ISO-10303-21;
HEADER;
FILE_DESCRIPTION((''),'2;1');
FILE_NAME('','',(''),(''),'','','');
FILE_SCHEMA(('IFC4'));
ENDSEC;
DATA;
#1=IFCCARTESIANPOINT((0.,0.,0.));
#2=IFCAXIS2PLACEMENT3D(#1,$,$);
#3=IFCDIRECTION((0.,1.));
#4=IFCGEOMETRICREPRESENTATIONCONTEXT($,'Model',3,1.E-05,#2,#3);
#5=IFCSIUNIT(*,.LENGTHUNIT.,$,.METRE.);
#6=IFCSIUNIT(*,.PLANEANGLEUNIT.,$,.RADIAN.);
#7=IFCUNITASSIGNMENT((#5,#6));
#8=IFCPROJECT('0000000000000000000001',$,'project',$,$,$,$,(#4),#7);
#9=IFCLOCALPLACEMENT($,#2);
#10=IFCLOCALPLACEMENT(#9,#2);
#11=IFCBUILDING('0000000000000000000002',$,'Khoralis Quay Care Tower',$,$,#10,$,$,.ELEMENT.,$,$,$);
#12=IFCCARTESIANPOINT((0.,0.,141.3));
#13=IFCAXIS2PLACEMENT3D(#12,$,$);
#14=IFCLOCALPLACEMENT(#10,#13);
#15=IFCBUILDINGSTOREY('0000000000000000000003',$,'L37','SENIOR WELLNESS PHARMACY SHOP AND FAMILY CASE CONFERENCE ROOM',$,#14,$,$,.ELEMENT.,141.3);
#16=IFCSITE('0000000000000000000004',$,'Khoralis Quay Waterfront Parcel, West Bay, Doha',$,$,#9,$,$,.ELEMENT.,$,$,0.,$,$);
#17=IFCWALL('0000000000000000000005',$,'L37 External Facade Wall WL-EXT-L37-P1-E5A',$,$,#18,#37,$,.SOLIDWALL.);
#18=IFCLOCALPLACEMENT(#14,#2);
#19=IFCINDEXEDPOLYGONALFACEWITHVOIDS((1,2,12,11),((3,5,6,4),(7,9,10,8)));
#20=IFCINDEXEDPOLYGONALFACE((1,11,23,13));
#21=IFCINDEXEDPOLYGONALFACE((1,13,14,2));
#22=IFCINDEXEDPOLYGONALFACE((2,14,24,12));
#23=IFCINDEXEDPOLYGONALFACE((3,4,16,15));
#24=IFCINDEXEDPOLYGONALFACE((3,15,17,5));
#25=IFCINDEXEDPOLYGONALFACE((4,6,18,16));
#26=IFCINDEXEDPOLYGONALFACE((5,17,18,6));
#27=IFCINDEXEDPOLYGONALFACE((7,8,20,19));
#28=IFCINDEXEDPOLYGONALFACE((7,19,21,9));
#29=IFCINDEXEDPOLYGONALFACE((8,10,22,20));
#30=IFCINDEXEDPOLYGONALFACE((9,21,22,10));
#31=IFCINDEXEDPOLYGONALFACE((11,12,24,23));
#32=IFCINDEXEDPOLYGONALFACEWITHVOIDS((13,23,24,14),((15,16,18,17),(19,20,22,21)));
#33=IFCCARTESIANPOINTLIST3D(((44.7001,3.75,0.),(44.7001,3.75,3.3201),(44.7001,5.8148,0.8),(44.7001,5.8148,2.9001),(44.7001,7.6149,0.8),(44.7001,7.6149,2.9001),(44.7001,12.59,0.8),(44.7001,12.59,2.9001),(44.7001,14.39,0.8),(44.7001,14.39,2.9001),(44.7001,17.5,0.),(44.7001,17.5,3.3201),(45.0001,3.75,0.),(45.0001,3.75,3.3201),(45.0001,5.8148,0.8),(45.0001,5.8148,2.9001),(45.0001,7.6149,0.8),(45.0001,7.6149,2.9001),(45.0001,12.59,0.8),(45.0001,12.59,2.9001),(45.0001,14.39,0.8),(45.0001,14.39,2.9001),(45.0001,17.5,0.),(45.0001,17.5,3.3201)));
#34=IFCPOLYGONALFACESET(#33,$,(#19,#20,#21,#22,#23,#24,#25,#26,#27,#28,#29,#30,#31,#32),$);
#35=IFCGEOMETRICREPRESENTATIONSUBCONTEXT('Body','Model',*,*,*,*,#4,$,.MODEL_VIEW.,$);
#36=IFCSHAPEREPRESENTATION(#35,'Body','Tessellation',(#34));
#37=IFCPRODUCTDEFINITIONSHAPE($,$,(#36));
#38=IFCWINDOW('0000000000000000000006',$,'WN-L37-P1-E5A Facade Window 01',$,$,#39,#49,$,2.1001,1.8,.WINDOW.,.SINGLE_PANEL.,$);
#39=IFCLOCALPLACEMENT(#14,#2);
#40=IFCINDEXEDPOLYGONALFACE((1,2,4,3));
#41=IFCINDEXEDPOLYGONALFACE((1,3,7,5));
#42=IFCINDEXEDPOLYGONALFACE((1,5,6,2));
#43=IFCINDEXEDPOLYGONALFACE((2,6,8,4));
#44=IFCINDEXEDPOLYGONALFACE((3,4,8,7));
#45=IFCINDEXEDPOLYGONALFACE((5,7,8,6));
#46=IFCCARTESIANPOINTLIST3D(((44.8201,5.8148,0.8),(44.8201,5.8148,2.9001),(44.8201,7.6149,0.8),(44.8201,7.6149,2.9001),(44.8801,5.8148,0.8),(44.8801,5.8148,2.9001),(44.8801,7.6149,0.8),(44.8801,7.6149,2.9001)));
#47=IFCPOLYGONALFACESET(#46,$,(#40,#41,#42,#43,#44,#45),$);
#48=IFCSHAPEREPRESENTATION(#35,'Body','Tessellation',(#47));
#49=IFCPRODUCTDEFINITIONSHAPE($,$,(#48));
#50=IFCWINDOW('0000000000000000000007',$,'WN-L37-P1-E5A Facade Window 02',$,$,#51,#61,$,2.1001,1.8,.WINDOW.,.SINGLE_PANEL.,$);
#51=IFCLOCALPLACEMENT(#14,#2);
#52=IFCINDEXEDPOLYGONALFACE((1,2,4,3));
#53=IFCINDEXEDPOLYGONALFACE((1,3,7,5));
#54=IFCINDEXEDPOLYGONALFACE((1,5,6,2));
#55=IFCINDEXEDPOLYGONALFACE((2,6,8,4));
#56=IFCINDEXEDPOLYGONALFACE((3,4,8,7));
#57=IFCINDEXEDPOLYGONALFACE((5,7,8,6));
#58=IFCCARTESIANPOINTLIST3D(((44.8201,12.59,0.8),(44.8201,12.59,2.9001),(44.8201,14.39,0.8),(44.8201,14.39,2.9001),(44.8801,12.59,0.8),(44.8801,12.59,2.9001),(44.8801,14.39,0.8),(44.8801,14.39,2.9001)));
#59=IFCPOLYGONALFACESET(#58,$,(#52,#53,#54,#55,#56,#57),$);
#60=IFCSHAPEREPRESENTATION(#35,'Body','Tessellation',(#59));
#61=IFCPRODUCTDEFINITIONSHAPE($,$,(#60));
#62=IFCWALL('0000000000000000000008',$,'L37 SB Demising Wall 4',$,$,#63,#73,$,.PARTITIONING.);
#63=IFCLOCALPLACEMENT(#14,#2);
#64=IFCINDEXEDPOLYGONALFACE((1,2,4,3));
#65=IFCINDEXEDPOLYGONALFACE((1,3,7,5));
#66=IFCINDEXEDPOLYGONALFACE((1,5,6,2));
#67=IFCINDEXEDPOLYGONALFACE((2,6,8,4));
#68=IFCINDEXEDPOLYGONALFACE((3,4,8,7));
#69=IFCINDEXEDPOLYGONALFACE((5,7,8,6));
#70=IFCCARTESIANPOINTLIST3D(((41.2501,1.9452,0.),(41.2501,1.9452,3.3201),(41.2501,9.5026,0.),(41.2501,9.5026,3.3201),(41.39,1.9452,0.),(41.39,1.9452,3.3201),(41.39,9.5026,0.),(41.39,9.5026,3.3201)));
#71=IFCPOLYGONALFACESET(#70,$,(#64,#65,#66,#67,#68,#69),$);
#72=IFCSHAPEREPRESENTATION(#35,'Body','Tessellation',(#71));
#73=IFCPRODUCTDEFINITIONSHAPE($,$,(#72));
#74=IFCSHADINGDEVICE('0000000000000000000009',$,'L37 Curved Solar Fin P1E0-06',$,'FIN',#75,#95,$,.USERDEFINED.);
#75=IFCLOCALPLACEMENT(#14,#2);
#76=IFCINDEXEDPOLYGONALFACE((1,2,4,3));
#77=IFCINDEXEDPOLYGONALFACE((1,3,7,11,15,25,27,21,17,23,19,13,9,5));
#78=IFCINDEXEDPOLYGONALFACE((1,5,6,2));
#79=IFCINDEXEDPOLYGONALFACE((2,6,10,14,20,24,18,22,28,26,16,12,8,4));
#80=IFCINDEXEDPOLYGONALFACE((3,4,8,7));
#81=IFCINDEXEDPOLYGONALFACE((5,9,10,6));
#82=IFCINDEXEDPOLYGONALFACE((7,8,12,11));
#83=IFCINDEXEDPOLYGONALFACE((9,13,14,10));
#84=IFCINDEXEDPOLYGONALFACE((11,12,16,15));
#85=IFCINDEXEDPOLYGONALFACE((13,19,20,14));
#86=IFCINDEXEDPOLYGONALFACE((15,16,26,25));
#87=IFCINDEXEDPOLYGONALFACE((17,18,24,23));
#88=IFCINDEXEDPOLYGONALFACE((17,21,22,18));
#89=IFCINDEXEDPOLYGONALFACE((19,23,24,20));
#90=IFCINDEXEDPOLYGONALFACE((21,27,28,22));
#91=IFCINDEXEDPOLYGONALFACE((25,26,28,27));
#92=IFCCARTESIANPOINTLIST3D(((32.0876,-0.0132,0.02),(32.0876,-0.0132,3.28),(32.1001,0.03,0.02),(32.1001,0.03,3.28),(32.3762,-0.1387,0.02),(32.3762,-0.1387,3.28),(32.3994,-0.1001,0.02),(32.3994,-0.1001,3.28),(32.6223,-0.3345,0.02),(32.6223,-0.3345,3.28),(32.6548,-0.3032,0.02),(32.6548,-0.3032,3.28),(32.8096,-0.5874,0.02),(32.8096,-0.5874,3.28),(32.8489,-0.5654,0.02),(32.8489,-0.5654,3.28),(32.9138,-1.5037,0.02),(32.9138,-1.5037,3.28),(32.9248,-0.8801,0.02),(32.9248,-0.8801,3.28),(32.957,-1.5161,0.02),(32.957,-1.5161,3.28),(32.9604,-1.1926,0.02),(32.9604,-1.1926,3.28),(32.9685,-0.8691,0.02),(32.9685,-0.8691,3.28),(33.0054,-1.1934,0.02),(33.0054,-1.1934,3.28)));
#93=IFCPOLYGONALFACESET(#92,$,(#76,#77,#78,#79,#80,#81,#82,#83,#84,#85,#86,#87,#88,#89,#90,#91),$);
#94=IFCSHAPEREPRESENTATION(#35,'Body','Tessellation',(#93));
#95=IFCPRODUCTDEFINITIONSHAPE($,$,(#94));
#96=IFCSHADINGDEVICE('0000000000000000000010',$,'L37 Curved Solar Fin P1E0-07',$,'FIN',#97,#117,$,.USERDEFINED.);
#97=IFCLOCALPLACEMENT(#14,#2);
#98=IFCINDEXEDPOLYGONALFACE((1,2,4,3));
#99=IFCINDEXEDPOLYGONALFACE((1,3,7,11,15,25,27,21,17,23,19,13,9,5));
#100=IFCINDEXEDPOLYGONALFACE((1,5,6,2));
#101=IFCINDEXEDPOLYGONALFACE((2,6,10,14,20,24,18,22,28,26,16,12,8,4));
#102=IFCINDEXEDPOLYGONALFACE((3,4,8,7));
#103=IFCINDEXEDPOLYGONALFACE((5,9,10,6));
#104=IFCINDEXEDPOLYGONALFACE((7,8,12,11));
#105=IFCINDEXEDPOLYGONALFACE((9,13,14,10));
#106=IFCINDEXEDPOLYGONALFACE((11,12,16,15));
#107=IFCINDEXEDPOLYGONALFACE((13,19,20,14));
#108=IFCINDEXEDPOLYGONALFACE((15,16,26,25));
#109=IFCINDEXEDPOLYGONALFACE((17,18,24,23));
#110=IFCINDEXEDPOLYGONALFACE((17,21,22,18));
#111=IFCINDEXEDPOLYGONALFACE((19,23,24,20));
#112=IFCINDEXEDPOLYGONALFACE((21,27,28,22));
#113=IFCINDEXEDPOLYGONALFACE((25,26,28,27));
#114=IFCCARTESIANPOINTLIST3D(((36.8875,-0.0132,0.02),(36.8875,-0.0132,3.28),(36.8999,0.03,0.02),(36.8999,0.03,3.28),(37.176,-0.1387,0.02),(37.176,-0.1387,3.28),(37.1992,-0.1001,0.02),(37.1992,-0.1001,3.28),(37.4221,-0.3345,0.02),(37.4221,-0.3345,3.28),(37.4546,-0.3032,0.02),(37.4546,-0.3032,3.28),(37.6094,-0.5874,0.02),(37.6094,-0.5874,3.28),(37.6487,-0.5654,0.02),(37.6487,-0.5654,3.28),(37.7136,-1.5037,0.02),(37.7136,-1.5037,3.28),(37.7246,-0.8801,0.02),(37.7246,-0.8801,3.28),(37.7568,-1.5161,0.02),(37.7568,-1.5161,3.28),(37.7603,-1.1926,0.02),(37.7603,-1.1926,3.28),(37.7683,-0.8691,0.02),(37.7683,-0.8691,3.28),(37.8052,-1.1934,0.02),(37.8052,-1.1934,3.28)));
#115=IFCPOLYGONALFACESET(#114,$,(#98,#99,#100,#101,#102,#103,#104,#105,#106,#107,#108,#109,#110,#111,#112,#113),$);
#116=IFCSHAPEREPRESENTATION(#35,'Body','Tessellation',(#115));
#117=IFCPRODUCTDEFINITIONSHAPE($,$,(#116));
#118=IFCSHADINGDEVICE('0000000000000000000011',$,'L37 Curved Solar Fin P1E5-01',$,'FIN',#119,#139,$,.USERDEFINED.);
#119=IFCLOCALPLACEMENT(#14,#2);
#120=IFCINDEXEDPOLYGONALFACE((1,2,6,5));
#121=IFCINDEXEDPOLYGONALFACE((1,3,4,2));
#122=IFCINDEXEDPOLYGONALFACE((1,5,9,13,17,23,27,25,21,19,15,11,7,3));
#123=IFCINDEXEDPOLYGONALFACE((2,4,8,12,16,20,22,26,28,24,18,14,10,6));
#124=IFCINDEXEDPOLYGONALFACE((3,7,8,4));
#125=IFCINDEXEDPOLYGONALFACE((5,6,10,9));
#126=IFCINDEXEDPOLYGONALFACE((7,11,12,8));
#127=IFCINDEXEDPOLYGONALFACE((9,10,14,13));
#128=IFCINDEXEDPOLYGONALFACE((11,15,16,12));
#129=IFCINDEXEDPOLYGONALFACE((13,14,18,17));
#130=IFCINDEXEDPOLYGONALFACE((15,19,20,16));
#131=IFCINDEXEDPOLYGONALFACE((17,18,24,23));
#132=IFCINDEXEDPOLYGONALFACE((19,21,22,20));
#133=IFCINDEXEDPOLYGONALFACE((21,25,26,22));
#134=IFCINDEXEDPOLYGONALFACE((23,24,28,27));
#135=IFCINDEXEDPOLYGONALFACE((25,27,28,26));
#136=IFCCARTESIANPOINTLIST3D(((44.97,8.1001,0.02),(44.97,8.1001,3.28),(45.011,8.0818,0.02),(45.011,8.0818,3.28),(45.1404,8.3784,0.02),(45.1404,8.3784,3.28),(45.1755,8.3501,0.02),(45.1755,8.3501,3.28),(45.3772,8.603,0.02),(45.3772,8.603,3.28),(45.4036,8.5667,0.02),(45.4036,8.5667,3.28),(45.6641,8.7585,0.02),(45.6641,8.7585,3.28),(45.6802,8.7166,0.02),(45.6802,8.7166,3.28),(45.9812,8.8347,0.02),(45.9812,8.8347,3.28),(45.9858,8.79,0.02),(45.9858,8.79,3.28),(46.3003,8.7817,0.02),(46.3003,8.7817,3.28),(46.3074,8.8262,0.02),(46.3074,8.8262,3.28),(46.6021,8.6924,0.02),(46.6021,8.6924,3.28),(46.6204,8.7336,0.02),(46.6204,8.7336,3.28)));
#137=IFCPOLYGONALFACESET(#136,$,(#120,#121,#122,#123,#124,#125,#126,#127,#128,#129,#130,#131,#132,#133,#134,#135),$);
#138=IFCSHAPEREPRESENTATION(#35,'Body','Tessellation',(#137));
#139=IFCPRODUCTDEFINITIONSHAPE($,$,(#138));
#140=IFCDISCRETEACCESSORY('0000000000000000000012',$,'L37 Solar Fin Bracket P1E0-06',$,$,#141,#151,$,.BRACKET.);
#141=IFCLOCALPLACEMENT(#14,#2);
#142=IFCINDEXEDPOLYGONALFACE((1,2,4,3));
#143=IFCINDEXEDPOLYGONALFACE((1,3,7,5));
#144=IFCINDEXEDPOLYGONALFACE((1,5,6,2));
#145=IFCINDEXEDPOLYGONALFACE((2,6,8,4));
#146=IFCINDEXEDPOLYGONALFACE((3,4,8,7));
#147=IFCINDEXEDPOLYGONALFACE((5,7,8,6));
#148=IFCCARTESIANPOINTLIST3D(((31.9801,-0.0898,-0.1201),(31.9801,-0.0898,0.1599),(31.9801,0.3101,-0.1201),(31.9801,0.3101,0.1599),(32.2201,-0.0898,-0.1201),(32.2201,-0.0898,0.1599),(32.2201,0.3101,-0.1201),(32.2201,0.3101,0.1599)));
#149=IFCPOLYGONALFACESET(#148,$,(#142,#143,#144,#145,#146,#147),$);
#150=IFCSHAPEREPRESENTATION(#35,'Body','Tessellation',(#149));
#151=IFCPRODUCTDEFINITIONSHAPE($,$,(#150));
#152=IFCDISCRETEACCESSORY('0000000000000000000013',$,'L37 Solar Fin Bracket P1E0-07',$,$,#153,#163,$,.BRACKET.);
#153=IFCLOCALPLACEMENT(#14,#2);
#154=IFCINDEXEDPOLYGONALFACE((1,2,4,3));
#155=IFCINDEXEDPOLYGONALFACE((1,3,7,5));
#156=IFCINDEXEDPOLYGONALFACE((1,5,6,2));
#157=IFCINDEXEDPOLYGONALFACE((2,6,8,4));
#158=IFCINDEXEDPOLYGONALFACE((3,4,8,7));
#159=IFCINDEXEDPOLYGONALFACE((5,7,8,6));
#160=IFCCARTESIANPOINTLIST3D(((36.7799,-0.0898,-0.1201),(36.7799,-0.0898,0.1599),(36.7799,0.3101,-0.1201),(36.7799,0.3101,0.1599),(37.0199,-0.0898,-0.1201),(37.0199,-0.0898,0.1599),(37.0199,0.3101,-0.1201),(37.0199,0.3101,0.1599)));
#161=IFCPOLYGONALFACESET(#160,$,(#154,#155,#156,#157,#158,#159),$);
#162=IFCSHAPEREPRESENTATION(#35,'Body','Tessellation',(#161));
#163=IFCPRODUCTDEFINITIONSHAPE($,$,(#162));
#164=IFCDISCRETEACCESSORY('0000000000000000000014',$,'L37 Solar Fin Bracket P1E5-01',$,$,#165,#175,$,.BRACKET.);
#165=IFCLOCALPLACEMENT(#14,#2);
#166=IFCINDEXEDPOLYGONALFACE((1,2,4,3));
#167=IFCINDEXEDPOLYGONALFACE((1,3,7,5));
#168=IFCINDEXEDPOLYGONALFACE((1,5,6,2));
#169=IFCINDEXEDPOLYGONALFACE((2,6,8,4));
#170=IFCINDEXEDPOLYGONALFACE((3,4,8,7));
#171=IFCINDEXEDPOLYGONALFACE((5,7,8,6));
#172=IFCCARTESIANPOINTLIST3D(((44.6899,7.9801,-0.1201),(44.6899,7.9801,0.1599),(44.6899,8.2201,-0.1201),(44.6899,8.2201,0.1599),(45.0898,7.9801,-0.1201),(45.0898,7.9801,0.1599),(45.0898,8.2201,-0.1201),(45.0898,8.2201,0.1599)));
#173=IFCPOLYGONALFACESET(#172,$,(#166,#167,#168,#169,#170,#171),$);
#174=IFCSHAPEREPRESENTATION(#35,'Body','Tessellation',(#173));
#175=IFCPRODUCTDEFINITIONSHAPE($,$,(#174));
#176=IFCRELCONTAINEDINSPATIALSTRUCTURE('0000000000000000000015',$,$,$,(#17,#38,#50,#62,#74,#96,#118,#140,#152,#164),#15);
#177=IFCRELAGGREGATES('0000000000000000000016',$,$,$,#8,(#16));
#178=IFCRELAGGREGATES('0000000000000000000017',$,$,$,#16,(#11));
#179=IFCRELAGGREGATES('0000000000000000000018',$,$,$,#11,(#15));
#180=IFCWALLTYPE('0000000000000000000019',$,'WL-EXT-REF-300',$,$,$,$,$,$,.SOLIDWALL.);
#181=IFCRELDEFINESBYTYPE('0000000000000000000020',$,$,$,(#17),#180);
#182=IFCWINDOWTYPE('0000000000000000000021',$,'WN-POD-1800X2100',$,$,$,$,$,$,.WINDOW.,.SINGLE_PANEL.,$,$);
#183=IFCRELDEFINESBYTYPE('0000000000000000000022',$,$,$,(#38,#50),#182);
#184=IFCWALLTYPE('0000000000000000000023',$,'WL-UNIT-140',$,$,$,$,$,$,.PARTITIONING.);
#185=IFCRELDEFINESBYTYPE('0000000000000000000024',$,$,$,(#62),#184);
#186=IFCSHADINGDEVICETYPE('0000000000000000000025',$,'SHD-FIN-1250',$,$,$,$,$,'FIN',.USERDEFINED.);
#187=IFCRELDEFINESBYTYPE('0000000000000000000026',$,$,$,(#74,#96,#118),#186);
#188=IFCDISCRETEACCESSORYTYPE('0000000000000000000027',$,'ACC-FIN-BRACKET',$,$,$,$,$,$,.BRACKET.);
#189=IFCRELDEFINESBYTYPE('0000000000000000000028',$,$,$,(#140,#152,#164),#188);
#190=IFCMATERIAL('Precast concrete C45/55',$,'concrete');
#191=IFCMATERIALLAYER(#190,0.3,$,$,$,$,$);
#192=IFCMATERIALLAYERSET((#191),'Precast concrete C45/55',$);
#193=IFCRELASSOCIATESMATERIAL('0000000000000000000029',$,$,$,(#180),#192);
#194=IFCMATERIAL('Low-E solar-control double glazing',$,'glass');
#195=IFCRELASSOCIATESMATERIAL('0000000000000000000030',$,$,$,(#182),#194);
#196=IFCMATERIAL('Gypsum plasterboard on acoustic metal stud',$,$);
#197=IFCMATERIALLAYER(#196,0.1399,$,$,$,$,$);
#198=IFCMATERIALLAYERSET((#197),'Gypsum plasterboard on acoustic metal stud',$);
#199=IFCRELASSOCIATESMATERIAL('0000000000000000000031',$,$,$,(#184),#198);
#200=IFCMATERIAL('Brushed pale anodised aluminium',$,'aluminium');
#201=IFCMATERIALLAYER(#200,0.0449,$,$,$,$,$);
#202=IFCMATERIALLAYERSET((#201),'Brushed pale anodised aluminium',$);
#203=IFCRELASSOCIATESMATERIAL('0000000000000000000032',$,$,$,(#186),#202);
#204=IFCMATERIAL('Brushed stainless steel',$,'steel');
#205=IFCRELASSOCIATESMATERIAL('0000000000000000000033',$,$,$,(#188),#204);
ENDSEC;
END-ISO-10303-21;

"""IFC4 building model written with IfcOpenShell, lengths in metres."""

from ifc_helpers import new_model, si_unit, direction, frame, frame_2d, origin, origin_2d, place, context, subcontext, project, spatial, polyline, rectangle, outline, extrude, source, transform, mapped, material, layer, layer_set, type_object, element, fill, save


model = new_model("IFC4")

# Units and contexts
model_context = context("Model", 3, precision=1e-05, world=origin(), true_north=direction((0.0, 1.0)))
body_context = subcontext(model_context, "Body", "Model", "MODEL_VIEW")
ifc_project = project(units=[si_unit("LENGTHUNIT", "METRE"), si_unit("PLANEANGLEUNIT", "RADIAN")], contexts=[model_context])

# Site, building, storey
site_placement = place(None, origin())
site = spatial("IfcSite", under=ifc_project, at=site_placement, Name="Khoralis Quay Waterfront Parcel, West Bay, Doha", CompositionType="ELEMENT", RefElevation=0.0)
building_placement = place(site_placement, origin())
building = spatial("IfcBuilding", under=site, at=building_placement, Name="Khoralis Quay Care Tower", CompositionType="ELEMENT")
storey_placement = place(building_placement, frame((0.0, 0.0, 141.3)))
storey = spatial("IfcBuildingStorey", under=building, at=storey_placement, Name="L37", Description="SENIOR WELLNESS PHARMACY SHOP AND FAMILY CASE CONFERENCE ROOM", CompositionType="ELEMENT", Elevation=141.3)

# Shared definitions
ifc_material_1 = material(Name="Gypsum plasterboard on acoustic metal stud")

# Shared definitions
ifc_material_2 = material(Name="Precast concrete C45/55", Category="concrete")
ifc_layer_1 = layer(ifc_material_2, 0.3)
ifc_layer_set_1 = layer_set([ifc_layer_1], Name="Precast concrete C45/55")
wall_type_1 = type_object("IfcWallType", Name="WL-EXT-REF-300", PredefinedType="SOLIDWALL", material=ifc_layer_set_1)

# Wall, openings, windows
wall_1_placement = place(storey_placement, frame((44.8501, 3.75, 0.0), z_axis=(0.0, 0.0, 1.0), x_axis=(0.0, 1.0, 0.0)))
wall_1 = element("IfcWall", 1, at=wall_1_placement, inside=storey, type_object=wall_type_1, Name="L37 External Facade Wall WL-EXT-L37-P1-E5A", PredefinedType="SOLIDWALL", context=body_context, shape_type="SweptSolid", body=[
    extrude(rectangle(XDim=13.75, YDim=0.3, at=frame_2d((6.875, 0.0))), origin(), (0.0, 0.0, 1.0), 3.3201),
])
opening_1_placement = place(wall_1_placement, frame((2.0649, 0.0, 0.8)))
opening_1 = element("IfcOpeningElement", 2, at=opening_1_placement, cuts=wall_1, PredefinedType="OPENING", context=body_context, shape_type="SweptSolid", body=[
    extrude(rectangle(XDim=1.8, YDim=2.1001, at=frame_2d((0.8999, 1.05))), frame((0.0, 0.1602, 0.0), z_axis=(0.0, -1.0, 0.0), x_axis=(1.0, 0.0, 0.0)), (0.0, 0.0, 1.0), 0.3201),
])
opening_2_placement = place(wall_1_placement, frame((8.8401, 0.0, 0.8)))
opening_2 = element("IfcOpeningElement", 3, at=opening_2_placement, cuts=wall_1, PredefinedType="OPENING", context=body_context, shape_type="SweptSolid", body=[
    extrude(rectangle(XDim=1.8, YDim=2.1001, at=frame_2d((0.8999, 1.05))), frame((0.0, 0.1602, 0.0), z_axis=(0.0, -1.0, 0.0), x_axis=(1.0, 0.0, 0.0)), (0.0, 0.0, 1.0), 0.3201),
])
ifc_material_3 = material(Name="Low-E solar-control double glazing", Category="glass")
window_type = type_object("IfcWindowType", Name="WN-POD-1800X2100", PartitioningType="SINGLE_PANEL", PredefinedType="WINDOW", material=ifc_material_3)
shared_shape_1 = source(origin(), body_context, "Body", "SweptSolid", [
    extrude(rectangle(XDim=1.8, YDim=2.1001, at=frame_2d((0.8999, 1.05))), frame((0.0, 0.03, 0.0), z_axis=(0.0, -1.0, 0.0), x_axis=(1.0, 0.0, 0.0)), (0.0, 0.0, 1.0), 0.0601),
])
window_1_placement = place(opening_1_placement, origin())
window_1 = element("IfcWindow", 4, at=window_1_placement, inside=storey, type_object=window_type, Name="WN-L37-P1-E5A Facade Window 01", OverallHeight=2.1001, OverallWidth=1.8, PartitioningType="SINGLE_PANEL", PredefinedType="WINDOW", context=body_context, shape_type="MappedRepresentation", body=[
    mapped(shared_shape_1, transform((0.0, 0.0, 0.0), scale=1.0)),
])
fill(opening_1, window_1)
window_2_placement = place(opening_2_placement, origin())
window_2 = element("IfcWindow", 5, at=window_2_placement, inside=storey, type_object=window_type, Name="WN-L37-P1-E5A Facade Window 02", OverallHeight=2.1001, OverallWidth=1.8, PartitioningType="SINGLE_PANEL", PredefinedType="WINDOW", context=body_context, shape_type="MappedRepresentation", body=[
    mapped(shared_shape_1, transform((0.0, 0.0, 0.0), scale=1.0)),
])
fill(opening_2, window_2)

# Wall
ifc_layer_2 = layer(ifc_material_1, 0.1399)
ifc_layer_set_2 = layer_set([ifc_layer_2], Name="Gypsum plasterboard on acoustic metal stud")
wall_type_2 = type_object("IfcWallType", Name="WL-UNIT-140", PredefinedType="PARTITIONING", material=ifc_layer_set_2)
wall_2_placement = place(storey_placement, frame((41.3201, 1.9451, 0.0), z_axis=(0.0, 0.0, 1.0), x_axis=(0.0, 1.0, 0.0)))
element("IfcWall", 6, at=wall_2_placement, inside=storey, type_object=wall_type_2, Name="L37 SB Demising Wall 4", PredefinedType="PARTITIONING", context=body_context, shape_type="SweptSolid", body=[
    extrude(rectangle(XDim=7.5574, YDim=0.1399, at=frame_2d((3.7788, 0.0))), origin(), (0.0, 0.0, 1.0), 3.3201),
])

# Shading devices
ifc_material_4 = material(Name="Brushed pale anodised aluminium", Category="aluminium")
ifc_layer_3 = layer(ifc_material_4, 0.0449)
ifc_layer_set_3 = layer_set([ifc_layer_3], Name="Brushed pale anodised aluminium")
shading_device_type = type_object("IfcShadingDeviceType", Name="SHD-FIN-1250", ElementType="FIN", PredefinedType="USERDEFINED", material=ifc_layer_set_3)
shared_shape_2 = source(origin(), body_context, "Body", "SweptSolid", [
    extrude(outline(polyline([(0.0, 0.0), (0.1301, 0.2993), (0.3333, 0.5547), (0.5955, 0.7488), (0.8992, 0.8684), (1.2234, 0.9053), (1.5461, 0.8569), (1.5337, 0.8137), (1.2227, 0.8604), (0.9102, 0.8247), (0.6174, 0.7095), (0.3645, 0.5222), (0.1687, 0.2761), (0.0432, -0.0125), (0.0, 0.0)])), origin(), (0.0, 0.0, 1.0), 3.26),
])
for number, where, z_axis, x_axis, name in (
    (7, (32.1001, 0.03, 0.02), (0.0, 0.0, 1.0), (0.0, -1.0, 0.0), "L37 Curved Solar Fin P1E0-06"),
    (8, (36.8999, 0.03, 0.02), (0.0, 0.0, 1.0), (0.0, -1.0, 0.0), "L37 Curved Solar Fin P1E0-07"),
):
    element("IfcShadingDevice", number, at=place(storey_placement, frame(where, z_axis=z_axis, x_axis=x_axis)), inside=storey, type_object=shading_device_type, Name=name, ObjectType="FIN", PredefinedType="USERDEFINED", context=body_context, shape_type="MappedRepresentation", body=[
        mapped(shared_shape_2, transform((0.0, 0.0, 0.0), scale=1.0)),
    ])
shared_shape_3 = source(origin(), body_context, "Body", "SweptSolid", [
    extrude(outline(polyline([(0.0, 0.0), (0.1704, 0.2783), (0.4072, 0.5029), (0.6941, 0.6584), (1.0112, 0.7346), (1.3374, 0.7261), (1.6504, 0.6335), (1.6321, 0.5923), (1.3303, 0.6816), (1.0159, 0.6899), (0.7102, 0.6165), (0.4336, 0.4666), (0.2056, 0.25), (0.041, -0.0183), (0.0, 0.0)])), origin(), (0.0, 0.0, 1.0), 3.26),
])
shading_device_placement = place(storey_placement, frame((44.97, 8.1001, 0.02), z_axis=(0.0, 0.0, 1.0), x_axis=(1.0, 0.0, 0.0)))
element("IfcShadingDevice", 9, at=shading_device_placement, inside=storey, type_object=shading_device_type, Name="L37 Curved Solar Fin P1E5-01", ObjectType="FIN", PredefinedType="USERDEFINED", context=body_context, shape_type="MappedRepresentation", body=[
    mapped(shared_shape_3, transform((0.0, 0.0, 0.0), scale=1.0)),
])

# Discrete accessories
ifc_material_5 = material(Name="Brushed stainless steel", Category="steel")
discrete_accessory_type = type_object("IfcDiscreteAccessoryType", Name="ACC-FIN-BRACKET", PredefinedType="BRACKET", material=ifc_material_5)
shared_shape_4 = source(origin(), body_context, "Body", "SweptSolid", [
    extrude(rectangle(XDim=0.3999, YDim=0.24, at=origin_2d()), origin(), (0.0, 0.0, 1.0), 0.28),
])
for number, where, z_axis, x_axis, name in (
    (10, (32.1001, 0.1101, -0.1201), (0.0, 0.0, 1.0), (0.0, -1.0, 0.0), "L37 Solar Fin Bracket P1E0-06"),
    (11, (36.8999, 0.1101, -0.1201), (0.0, 0.0, 1.0), (0.0, -1.0, 0.0), "L37 Solar Fin Bracket P1E0-07"),
    (12, (44.8899, 8.1001, -0.1201), (0.0, 0.0, 1.0), (1.0, 0.0, 0.0), "L37 Solar Fin Bracket P1E5-01"),
):
    element("IfcDiscreteAccessory", number, at=place(storey_placement, frame(where, z_axis=z_axis, x_axis=x_axis)), inside=storey, type_object=discrete_accessory_type, Name=name, PredefinedType="BRACKET", context=body_context, shape_type="MappedRepresentation", body=[
        mapped(shared_shape_4, transform((0.0, 0.0, 0.0), scale=1.0)),
    ])

save(model, "model.ifc")
